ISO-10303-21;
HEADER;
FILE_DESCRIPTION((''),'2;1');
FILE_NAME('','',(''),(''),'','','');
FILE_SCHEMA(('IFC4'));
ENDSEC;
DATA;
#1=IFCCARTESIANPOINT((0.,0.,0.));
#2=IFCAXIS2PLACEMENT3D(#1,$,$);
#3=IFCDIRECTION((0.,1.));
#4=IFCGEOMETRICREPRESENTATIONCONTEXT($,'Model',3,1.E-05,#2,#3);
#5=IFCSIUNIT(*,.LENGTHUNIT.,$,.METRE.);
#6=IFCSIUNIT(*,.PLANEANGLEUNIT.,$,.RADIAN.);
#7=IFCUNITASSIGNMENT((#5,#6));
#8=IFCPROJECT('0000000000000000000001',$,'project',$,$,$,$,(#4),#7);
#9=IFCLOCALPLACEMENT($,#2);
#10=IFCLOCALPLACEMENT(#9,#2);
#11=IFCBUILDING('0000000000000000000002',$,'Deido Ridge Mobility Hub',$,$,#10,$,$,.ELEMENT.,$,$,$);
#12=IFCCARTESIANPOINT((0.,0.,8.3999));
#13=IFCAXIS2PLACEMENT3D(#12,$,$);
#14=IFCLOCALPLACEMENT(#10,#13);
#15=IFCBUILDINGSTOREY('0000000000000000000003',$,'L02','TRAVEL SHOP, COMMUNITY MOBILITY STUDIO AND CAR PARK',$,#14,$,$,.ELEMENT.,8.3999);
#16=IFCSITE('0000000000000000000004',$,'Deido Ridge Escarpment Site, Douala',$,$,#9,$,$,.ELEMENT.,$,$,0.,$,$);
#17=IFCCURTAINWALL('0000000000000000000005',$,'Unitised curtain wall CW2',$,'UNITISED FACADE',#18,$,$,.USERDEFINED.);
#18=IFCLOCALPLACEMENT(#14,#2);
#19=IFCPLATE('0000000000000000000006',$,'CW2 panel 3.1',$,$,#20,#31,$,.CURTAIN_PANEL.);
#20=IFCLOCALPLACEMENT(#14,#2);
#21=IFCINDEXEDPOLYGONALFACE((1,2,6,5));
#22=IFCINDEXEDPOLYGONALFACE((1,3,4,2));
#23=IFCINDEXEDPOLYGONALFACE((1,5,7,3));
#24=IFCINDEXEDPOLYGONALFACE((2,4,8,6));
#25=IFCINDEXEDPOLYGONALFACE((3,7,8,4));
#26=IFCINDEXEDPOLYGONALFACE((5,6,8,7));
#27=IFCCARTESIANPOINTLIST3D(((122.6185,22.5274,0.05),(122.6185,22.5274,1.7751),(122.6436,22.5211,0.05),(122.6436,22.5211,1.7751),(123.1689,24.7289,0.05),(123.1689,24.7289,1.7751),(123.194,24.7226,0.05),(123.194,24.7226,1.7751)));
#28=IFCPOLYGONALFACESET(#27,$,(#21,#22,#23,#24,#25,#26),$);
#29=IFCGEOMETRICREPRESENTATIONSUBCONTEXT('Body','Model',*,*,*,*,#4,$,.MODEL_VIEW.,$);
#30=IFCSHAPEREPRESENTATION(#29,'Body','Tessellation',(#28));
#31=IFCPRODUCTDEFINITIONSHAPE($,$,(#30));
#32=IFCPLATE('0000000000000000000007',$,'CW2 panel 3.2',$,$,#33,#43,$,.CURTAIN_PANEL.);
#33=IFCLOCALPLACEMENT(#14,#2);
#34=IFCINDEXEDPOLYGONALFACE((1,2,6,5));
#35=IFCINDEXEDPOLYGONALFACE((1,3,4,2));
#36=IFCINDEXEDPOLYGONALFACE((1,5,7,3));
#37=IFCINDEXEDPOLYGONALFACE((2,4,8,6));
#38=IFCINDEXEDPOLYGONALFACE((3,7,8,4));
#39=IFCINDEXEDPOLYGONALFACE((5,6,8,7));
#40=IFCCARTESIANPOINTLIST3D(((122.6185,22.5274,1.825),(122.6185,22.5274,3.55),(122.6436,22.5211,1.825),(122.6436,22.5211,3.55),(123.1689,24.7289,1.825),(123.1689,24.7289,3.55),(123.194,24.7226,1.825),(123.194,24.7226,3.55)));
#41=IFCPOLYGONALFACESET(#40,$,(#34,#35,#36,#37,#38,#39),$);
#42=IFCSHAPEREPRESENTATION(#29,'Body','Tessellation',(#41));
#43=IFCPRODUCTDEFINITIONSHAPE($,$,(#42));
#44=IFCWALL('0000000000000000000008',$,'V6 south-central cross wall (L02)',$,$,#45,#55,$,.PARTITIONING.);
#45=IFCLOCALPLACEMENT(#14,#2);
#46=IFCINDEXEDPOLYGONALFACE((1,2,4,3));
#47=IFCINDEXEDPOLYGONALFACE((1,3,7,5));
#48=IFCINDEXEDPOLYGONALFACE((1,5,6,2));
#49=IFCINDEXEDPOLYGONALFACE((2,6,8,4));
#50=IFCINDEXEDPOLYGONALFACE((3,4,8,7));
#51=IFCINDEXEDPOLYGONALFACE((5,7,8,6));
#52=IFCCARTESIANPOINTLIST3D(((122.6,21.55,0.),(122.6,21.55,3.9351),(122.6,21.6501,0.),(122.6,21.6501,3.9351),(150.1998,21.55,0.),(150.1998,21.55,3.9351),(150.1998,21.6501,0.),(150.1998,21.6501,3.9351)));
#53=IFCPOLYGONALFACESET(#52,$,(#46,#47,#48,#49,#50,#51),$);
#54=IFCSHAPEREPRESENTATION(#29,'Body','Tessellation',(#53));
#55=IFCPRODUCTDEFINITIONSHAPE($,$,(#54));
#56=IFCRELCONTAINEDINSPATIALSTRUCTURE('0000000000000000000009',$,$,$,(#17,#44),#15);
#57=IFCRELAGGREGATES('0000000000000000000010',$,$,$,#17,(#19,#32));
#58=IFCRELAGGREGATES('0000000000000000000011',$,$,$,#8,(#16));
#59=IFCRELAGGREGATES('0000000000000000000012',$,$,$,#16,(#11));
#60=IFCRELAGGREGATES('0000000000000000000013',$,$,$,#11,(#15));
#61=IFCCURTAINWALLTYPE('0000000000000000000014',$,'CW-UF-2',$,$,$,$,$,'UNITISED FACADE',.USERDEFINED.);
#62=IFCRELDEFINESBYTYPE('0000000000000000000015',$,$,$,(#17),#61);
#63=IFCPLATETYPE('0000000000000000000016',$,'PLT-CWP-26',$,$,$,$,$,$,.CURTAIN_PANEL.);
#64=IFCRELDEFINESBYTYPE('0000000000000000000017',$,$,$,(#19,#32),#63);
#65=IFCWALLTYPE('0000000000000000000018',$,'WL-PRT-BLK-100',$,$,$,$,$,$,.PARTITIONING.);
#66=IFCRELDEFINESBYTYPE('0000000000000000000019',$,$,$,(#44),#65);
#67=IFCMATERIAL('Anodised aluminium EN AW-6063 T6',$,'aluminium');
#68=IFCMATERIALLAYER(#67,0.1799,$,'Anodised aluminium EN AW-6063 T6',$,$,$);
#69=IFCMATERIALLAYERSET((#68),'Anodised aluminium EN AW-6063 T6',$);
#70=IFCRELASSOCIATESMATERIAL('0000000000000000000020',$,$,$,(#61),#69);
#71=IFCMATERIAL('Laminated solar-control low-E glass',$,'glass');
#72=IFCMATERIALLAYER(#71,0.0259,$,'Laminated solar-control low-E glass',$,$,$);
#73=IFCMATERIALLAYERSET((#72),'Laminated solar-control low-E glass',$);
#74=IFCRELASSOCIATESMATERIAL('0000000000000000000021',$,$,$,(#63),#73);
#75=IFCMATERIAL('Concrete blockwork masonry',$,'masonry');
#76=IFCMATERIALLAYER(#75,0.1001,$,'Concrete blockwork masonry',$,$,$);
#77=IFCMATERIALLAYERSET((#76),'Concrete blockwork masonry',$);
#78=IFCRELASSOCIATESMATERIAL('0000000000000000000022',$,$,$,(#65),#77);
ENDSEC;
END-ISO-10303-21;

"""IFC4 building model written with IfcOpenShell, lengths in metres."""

from ifc_helpers import new_model, si_unit, direction, frame, frame_2d, origin, origin_2d, place, context, subcontext, project, spatial, rectangle, extrude, material, layer, layer_set, type_object, element, aggregate, save


model = new_model("IFC4")

# Units and contexts
model_context = context("Model", 3, precision=1e-05, world=origin(), true_north=direction((0.0, 1.0)))
body_context = subcontext(model_context, "Body", "Model", "MODEL_VIEW")
ifc_project = project(units=[si_unit("LENGTHUNIT", "METRE"), si_unit("PLANEANGLEUNIT", "RADIAN")], contexts=[model_context])

# Site, building, storey
site_placement = place(None, origin())
site = spatial("IfcSite", under=ifc_project, at=site_placement, Name="Deido Ridge Escarpment Site, Douala", CompositionType="ELEMENT", RefElevation=0.0)
building_placement = place(site_placement, origin())
building = spatial("IfcBuilding", under=site, at=building_placement, Name="Deido Ridge Mobility Hub", CompositionType="ELEMENT")
storey_placement = place(building_placement, frame((0.0, 0.0, 8.3999)))
storey = spatial("IfcBuildingStorey", under=building, at=storey_placement, Name="L02", Description="TRAVEL SHOP, COMMUNITY MOBILITY STUDIO AND CAR PARK", CompositionType="ELEMENT", Elevation=8.3999)

# Curtain wall, plates
ifc_material_1 = material(Name="Anodised aluminium EN AW-6063 T6", Category="aluminium")
ifc_layer_1 = layer(ifc_material_1, 0.1799, Name="Anodised aluminium EN AW-6063 T6")
ifc_layer_set_1 = layer_set([ifc_layer_1], Name="Anodised aluminium EN AW-6063 T6")
curtain_wall_type = type_object("IfcCurtainWallType", Name="CW-UF-2", ElementType="UNITISED FACADE", PredefinedType="USERDEFINED", material=ifc_layer_set_1)
curtain_wall_placement = place(storey_placement, origin())
curtain_wall = element("IfcCurtainWall", 1, at=curtain_wall_placement, inside=storey, type_object=curtain_wall_type, Name="Unitised curtain wall CW2", ObjectType="UNITISED FACADE", PredefinedType="USERDEFINED")
ifc_material_2 = material(Name="Laminated solar-control low-E glass", Category="glass")
ifc_layer_2 = layer(ifc_material_2, 0.0259, Name="Laminated solar-control low-E glass")
ifc_layer_set_2 = layer_set([ifc_layer_2], Name="Laminated solar-control low-E glass")
plate_type = type_object("IfcPlateType", Name="PLT-CWP-26", PredefinedType="CURTAIN_PANEL", material=ifc_layer_set_2)
plate_1_placement = place(storey_placement, frame((122.9062, 23.625, 0.05), z_axis=(0.0, 0.0, 1.0), x_axis=(0.242536, 0.970143, 0.0)))
plate_1 = element("IfcPlate", 2, at=plate_1_placement, type_object=plate_type, Name="CW2 panel 3.1", PredefinedType="CURTAIN_PANEL", context=body_context, shape_type="SweptSolid", body=[
    extrude(rectangle(XDim=2.2693, YDim=0.0259, at=origin_2d()), origin(), (0.0, 0.0, 1.0), 1.7251),
])
plate_2_placement = place(storey_placement, frame((122.9062, 23.625, 1.825), z_axis=(0.0, 0.0, 1.0), x_axis=(0.242536, 0.970143, 0.0)))
plate_2 = element("IfcPlate", 3, at=plate_2_placement, type_object=plate_type, Name="CW2 panel 3.2", PredefinedType="CURTAIN_PANEL", context=body_context, shape_type="SweptSolid", body=[
    extrude(rectangle(XDim=2.2693, YDim=0.0259, at=origin_2d()), origin(), (0.0, 0.0, 1.0), 1.7251),
])
aggregate(curtain_wall, [plate_1, plate_2])

# Wall
ifc_material_3 = material(Name="Concrete blockwork masonry", Category="masonry")
ifc_layer_3 = layer(ifc_material_3, 0.1001, Name="Concrete blockwork masonry")
ifc_layer_set_3 = layer_set([ifc_layer_3], Name="Concrete blockwork masonry")
wall_type = type_object("IfcWallType", Name="WL-PRT-BLK-100", PredefinedType="PARTITIONING", material=ifc_layer_set_3)
wall_placement = place(storey_placement, frame((122.6001, 21.6001, 0.0), z_axis=(0.0, 0.0, 1.0), x_axis=(1.0, 0.0, 0.0)))
element("IfcWall", 4, at=wall_placement, inside=storey, type_object=wall_type, Name="V6 south-central cross wall (L02)", PredefinedType="PARTITIONING", context=body_context, shape_type="SweptSolid", body=[
    extrude(rectangle(XDim=27.5999, YDim=0.1001, at=frame_2d((13.7998, 0.0))), origin(), (0.0, 0.0, 1.0), 3.9351),
])

save(model, "model.ifc")
